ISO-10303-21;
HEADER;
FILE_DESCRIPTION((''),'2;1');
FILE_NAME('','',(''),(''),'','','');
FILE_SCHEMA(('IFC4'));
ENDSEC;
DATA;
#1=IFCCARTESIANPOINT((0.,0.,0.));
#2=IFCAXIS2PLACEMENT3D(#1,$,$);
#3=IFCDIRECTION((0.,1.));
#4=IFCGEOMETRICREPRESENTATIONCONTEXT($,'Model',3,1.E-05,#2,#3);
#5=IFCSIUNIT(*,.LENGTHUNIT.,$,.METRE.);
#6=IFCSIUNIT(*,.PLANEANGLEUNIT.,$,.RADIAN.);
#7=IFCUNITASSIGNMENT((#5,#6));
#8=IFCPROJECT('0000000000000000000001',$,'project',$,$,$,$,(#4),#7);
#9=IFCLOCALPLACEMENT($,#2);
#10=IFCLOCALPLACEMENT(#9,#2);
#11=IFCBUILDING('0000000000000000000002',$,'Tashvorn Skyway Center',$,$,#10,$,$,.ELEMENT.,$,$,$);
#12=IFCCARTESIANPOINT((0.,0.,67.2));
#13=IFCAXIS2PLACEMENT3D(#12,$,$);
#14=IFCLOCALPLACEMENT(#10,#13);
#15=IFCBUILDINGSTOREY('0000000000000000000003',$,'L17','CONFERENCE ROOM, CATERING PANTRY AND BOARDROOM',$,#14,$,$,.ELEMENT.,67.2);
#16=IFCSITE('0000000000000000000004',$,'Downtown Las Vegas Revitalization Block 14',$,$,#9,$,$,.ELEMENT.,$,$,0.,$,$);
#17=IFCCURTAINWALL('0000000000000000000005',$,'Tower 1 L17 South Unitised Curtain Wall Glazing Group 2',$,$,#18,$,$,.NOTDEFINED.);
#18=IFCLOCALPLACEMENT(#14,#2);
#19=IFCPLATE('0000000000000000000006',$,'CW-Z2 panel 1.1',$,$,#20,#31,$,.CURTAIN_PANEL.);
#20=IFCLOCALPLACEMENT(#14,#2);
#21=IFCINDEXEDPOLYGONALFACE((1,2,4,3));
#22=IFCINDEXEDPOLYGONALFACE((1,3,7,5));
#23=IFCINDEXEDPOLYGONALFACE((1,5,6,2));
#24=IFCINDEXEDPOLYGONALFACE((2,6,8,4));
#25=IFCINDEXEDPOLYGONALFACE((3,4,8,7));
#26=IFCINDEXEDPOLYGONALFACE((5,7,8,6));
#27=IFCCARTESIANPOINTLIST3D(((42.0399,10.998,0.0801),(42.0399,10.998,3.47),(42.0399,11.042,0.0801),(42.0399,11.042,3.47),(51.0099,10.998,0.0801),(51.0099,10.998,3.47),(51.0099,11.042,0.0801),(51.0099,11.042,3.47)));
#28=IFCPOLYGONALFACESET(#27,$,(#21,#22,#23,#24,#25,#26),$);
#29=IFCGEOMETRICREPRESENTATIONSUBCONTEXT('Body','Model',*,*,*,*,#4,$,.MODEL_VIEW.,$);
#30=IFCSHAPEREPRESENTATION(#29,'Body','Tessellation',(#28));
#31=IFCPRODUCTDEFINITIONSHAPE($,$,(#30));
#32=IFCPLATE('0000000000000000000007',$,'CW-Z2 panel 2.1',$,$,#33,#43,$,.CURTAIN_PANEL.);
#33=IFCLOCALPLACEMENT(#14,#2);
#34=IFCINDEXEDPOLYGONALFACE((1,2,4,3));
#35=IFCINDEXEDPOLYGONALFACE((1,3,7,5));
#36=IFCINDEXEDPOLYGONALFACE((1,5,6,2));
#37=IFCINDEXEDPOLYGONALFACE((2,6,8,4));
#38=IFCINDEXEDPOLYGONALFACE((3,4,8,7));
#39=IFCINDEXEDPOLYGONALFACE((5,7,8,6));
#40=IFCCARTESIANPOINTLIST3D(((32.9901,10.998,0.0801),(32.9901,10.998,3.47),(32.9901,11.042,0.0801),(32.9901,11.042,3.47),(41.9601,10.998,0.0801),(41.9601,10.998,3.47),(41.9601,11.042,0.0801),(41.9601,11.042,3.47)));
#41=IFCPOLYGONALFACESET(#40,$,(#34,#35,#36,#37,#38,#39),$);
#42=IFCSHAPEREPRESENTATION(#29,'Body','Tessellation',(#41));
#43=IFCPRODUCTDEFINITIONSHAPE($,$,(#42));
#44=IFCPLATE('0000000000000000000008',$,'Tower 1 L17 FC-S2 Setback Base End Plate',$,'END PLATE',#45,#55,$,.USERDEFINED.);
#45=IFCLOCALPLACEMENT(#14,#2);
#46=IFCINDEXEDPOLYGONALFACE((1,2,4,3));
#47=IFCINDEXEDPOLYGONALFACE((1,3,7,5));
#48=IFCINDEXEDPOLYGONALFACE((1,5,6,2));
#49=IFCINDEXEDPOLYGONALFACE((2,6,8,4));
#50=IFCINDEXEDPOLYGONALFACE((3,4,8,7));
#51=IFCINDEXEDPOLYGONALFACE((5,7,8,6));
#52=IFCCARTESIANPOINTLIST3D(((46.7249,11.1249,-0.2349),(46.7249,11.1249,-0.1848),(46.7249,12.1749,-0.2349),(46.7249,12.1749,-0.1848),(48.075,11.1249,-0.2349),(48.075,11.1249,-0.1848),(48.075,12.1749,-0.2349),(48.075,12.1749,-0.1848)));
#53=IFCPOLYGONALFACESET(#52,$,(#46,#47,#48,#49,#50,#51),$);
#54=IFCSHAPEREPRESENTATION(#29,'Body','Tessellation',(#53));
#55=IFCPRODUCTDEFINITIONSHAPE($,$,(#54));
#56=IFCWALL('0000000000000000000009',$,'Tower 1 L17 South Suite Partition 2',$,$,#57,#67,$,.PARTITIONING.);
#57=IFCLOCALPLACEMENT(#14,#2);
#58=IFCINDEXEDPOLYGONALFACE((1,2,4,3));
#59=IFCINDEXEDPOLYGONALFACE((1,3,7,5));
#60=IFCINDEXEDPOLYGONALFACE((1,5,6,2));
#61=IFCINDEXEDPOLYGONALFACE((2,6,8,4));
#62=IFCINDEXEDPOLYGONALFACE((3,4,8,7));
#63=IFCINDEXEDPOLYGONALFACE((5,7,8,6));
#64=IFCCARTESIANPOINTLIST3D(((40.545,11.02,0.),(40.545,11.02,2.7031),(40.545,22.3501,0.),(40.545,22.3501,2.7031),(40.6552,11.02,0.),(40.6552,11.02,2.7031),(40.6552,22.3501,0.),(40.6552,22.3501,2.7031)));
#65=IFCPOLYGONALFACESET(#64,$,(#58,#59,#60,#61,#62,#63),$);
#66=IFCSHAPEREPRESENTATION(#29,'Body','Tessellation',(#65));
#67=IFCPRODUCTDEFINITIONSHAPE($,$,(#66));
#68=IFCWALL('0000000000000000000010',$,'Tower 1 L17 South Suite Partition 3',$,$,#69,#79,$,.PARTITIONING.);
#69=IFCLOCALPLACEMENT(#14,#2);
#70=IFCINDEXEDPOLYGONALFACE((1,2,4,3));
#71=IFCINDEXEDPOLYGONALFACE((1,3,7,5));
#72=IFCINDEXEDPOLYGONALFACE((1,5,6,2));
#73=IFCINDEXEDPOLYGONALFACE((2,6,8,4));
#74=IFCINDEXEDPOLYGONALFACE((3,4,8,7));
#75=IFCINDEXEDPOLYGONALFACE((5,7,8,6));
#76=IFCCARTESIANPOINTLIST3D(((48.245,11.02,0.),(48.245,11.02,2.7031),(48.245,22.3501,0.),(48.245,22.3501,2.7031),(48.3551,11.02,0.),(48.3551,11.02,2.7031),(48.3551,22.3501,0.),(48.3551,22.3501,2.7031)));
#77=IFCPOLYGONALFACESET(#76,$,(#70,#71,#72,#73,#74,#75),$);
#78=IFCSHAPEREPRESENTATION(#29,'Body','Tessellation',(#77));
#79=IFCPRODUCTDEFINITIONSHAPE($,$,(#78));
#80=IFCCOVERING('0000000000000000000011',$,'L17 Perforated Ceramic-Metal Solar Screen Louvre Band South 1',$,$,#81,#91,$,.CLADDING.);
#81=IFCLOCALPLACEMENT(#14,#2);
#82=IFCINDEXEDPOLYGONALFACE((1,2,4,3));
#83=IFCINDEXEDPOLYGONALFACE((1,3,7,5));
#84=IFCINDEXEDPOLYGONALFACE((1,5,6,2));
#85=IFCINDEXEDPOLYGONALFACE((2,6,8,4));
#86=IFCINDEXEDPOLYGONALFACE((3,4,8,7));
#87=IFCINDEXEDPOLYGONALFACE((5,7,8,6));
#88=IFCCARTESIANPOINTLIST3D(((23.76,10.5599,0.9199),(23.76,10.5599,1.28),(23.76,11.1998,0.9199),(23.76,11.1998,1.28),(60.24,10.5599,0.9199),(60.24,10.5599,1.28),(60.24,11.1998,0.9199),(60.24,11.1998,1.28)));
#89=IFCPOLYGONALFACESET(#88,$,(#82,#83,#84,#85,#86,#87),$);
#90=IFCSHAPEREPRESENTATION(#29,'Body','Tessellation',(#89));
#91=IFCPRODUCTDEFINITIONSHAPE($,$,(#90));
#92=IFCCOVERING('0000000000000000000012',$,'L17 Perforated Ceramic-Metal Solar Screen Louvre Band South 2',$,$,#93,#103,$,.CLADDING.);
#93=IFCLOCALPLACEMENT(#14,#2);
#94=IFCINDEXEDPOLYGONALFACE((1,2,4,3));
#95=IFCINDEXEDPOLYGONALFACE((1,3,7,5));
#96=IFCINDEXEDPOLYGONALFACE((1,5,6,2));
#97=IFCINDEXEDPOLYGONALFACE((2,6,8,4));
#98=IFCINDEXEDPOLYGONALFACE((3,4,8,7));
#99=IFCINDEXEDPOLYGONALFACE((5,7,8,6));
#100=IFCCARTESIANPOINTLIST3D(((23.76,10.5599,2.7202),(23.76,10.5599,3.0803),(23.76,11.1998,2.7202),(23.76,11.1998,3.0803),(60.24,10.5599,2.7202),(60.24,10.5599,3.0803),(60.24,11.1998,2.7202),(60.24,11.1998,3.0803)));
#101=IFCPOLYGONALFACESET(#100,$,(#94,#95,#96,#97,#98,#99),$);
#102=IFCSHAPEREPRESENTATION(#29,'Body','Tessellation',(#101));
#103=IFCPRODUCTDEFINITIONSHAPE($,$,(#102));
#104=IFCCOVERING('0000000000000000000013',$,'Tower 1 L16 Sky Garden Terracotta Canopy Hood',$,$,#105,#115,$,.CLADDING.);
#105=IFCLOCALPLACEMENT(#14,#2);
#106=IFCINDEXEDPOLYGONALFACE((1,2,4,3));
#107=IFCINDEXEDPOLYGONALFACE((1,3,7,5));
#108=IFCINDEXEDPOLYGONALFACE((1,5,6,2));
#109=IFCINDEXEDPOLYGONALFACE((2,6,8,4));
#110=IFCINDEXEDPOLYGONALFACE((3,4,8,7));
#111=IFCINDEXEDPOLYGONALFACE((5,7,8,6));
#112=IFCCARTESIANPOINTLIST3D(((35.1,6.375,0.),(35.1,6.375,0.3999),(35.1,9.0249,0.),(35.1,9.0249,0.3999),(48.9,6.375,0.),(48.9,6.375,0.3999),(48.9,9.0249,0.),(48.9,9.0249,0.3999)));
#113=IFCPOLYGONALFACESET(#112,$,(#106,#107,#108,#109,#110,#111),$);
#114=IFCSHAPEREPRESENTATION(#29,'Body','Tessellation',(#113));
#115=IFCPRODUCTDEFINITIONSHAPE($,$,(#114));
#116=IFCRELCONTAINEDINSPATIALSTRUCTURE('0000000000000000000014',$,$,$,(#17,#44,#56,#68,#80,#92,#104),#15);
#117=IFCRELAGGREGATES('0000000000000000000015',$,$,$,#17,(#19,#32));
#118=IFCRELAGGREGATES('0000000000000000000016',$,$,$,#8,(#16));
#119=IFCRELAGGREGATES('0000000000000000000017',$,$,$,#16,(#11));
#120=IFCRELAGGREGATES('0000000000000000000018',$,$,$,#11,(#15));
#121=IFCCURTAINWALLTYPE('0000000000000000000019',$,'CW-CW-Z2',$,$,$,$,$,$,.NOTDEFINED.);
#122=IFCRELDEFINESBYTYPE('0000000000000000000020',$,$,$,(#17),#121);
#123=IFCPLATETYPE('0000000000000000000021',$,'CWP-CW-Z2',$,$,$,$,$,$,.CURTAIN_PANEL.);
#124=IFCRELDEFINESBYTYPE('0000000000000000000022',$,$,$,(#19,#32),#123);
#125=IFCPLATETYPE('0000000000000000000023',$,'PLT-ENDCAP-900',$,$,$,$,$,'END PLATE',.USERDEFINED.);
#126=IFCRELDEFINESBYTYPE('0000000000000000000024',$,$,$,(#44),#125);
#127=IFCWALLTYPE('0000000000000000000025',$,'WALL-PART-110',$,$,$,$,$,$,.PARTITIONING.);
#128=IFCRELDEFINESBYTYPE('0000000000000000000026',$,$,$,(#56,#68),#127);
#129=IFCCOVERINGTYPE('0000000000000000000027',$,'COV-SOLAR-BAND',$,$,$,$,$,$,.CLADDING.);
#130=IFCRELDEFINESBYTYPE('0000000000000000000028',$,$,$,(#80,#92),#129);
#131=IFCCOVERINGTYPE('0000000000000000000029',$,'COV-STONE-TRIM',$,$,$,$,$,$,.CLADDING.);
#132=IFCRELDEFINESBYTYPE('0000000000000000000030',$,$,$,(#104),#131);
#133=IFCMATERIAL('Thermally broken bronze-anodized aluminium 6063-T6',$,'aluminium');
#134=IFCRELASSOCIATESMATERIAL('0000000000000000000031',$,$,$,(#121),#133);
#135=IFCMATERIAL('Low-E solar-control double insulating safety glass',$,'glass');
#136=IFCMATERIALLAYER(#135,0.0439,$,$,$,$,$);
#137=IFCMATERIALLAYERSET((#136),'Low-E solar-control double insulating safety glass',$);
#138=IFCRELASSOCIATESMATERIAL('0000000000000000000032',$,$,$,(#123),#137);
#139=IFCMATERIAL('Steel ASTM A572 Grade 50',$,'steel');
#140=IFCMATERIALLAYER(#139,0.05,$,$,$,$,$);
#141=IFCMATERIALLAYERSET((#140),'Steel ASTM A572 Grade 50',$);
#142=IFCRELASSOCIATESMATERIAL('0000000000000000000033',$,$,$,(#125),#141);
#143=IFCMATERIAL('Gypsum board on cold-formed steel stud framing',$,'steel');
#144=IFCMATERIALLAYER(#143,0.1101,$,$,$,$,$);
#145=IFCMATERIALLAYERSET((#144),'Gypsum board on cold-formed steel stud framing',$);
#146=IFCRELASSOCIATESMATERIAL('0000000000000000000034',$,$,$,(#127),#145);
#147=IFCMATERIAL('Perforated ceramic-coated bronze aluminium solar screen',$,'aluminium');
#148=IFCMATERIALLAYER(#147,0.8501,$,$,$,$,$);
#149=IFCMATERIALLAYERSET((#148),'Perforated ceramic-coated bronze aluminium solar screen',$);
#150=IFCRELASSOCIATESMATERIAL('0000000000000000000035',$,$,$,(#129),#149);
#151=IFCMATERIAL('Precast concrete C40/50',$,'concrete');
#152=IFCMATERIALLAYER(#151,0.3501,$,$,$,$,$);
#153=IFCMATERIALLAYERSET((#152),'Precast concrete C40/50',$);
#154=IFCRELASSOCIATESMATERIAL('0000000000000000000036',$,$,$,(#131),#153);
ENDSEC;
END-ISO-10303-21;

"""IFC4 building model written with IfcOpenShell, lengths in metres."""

from ifc_helpers import new_model, si_unit, direction, frame, frame_2d, origin, origin_2d, place, context, subcontext, project, spatial, rectangle, extrude, material, layer, layer_set, type_object, element, aggregate, save


model = new_model("IFC4")

# Units and contexts
model_context = context("Model", 3, precision=1e-05, world=origin(), true_north=direction((0.0, 1.0)))
body_context = subcontext(model_context, "Body", "Model", "MODEL_VIEW")
ifc_project = project(units=[si_unit("LENGTHUNIT", "METRE"), si_unit("PLANEANGLEUNIT", "RADIAN")], contexts=[model_context])

# Site, building, storey
site_placement = place(None, origin())
site = spatial("IfcSite", under=ifc_project, at=site_placement, Name="Downtown Las Vegas Revitalization Block 14", CompositionType="ELEMENT", RefElevation=0.0)
building_placement = place(site_placement, origin())
building = spatial("IfcBuilding", under=site, at=building_placement, Name="Tashvorn Skyway Center", CompositionType="ELEMENT")
storey_placement = place(building_placement, frame((0.0, 0.0, 67.2)))
storey = spatial("IfcBuildingStorey", under=building, at=storey_placement, Name="L17", Description="CONFERENCE ROOM, CATERING PANTRY AND BOARDROOM", CompositionType="ELEMENT", Elevation=67.2)

# Shared definitions
ifc_material_1 = material(Name="Steel ASTM A572 Grade 50", Category="steel")

# Curtain wall, plates
ifc_material_2 = material(Name="Thermally broken bronze-anodized aluminium 6063-T6", Category="aluminium")
curtain_wall_type = type_object("IfcCurtainWallType", Name="CW-CW-Z2", PredefinedType="NOTDEFINED", material=ifc_material_2)
curtain_wall_placement = place(storey_placement, origin())
curtain_wall = element("IfcCurtainWall", 1, at=curtain_wall_placement, inside=storey, type_object=curtain_wall_type, Name="Tower 1 L17 South Unitised Curtain Wall Glazing Group 2", PredefinedType="NOTDEFINED")
ifc_material_3 = material(Name="Low-E solar-control double insulating safety glass", Category="glass")
ifc_layer_1 = layer(ifc_material_3, 0.0439)
ifc_layer_set_1 = layer_set([ifc_layer_1], Name="Low-E solar-control double insulating safety glass")
plate_type_1 = type_object("IfcPlateType", Name="CWP-CW-Z2", PredefinedType="CURTAIN_PANEL", material=ifc_layer_set_1)
plate_1_placement = place(storey_placement, frame((46.5249, 11.02, 0.0801), z_axis=(0.0, 0.0, 1.0), x_axis=(-1.0, 0.0, 0.0)))
plate_1 = element("IfcPlate", 2, at=plate_1_placement, type_object=plate_type_1, Name="CW-Z2 panel 1.1", PredefinedType="CURTAIN_PANEL", context=body_context, shape_type="SweptSolid", body=[
    extrude(rectangle(XDim=8.97, YDim=0.0439, at=origin_2d()), origin(), (0.0, 0.0, 1.0), 3.3899),
])
plate_2_placement = place(storey_placement, frame((37.4751, 11.02, 0.0801), z_axis=(0.0, 0.0, 1.0), x_axis=(-1.0, 0.0, 0.0)))
plate_2 = element("IfcPlate", 3, at=plate_2_placement, type_object=plate_type_1, Name="CW-Z2 panel 2.1", PredefinedType="CURTAIN_PANEL", context=body_context, shape_type="SweptSolid", body=[
    extrude(rectangle(XDim=8.97, YDim=0.0439, at=origin_2d()), origin(), (0.0, 0.0, 1.0), 3.3899),
])
aggregate(curtain_wall, [plate_1, plate_2])

# Plate
ifc_layer_2 = layer(ifc_material_1, 0.05)
ifc_layer_set_2 = layer_set([ifc_layer_2], Name="Steel ASTM A572 Grade 50")
plate_type_2 = type_object("IfcPlateType", Name="PLT-ENDCAP-900", ElementType="END PLATE", PredefinedType="USERDEFINED", material=ifc_layer_set_2)
plate_3_placement = place(storey_placement, frame((47.3999, 11.6499, -0.2349), z_axis=(0.0, 0.0, 1.0), x_axis=(1.0, 0.0, 0.0)))
element("IfcPlate", 4, at=plate_3_placement, inside=storey, type_object=plate_type_2, Name="Tower 1 L17 FC-S2 Setback Base End Plate", ObjectType="END PLATE", PredefinedType="USERDEFINED", context=body_context, shape_type="SweptSolid", body=[
    extrude(rectangle(XDim=1.3501, YDim=1.05, at=origin_2d()), origin(), (0.0, 0.0, 1.0), 0.05),
])

# Walls
ifc_material_4 = material(Name="Gypsum board on cold-formed steel stud framing", Category="steel")
ifc_layer_3 = layer(ifc_material_4, 0.1101)
ifc_layer_set_3 = layer_set([ifc_layer_3], Name="Gypsum board on cold-formed steel stud framing")
wall_type = type_object("IfcWallType", Name="WALL-PART-110", PredefinedType="PARTITIONING", material=ifc_layer_set_3)
for number, where, z_axis, x_axis, name in (
    (5, (40.6001, 11.02, 0.0), (0.0, 0.0, 1.0), (0.0, 1.0, 0.0), "Tower 1 L17 South Suite Partition 2"),
    (6, (48.3, 11.02, 0.0), (0.0, 0.0, 1.0), (0.0, 1.0, 0.0), "Tower 1 L17 South Suite Partition 3"),
):
    element("IfcWall", number, at=place(storey_placement, frame(where, z_axis=z_axis, x_axis=x_axis)), inside=storey, type_object=wall_type, Name=name, PredefinedType="PARTITIONING", context=body_context, shape_type="SweptSolid", body=[
        extrude(rectangle(XDim=11.3301, YDim=0.1101, at=frame_2d((5.665, 0.0))), origin(), (0.0, 0.0, 1.0), 2.7031),
    ])

# Coverings
ifc_material_5 = material(Name="Perforated ceramic-coated bronze aluminium solar screen", Category="aluminium")
ifc_layer_4 = layer(ifc_material_5, 0.8501)
ifc_layer_set_4 = layer_set([ifc_layer_4], Name="Perforated ceramic-coated bronze aluminium solar screen")
covering_type_1 = type_object("IfcCoveringType", Name="COV-SOLAR-BAND", PredefinedType="CLADDING", material=ifc_layer_set_4)
for number, where, z_axis, x_axis, name in (
    (7, (42.0, 10.8799, 0.9199), (0.0, 0.0, 1.0), (-1.0, 0.0, 0.0), "L17 Perforated Ceramic-Metal Solar Screen Louvre Band South 1"),
    (8, (42.0, 10.8799, 2.7202), (0.0, 0.0, 1.0), (-1.0, 0.0, 0.0), "L17 Perforated Ceramic-Metal Solar Screen Louvre Band South 2"),
):
    element("IfcCovering", number, at=place(storey_placement, frame(where, z_axis=z_axis, x_axis=x_axis)), inside=storey, type_object=covering_type_1, Name=name, PredefinedType="CLADDING", context=body_context, shape_type="SweptSolid", body=[
        extrude(rectangle(XDim=36.48, YDim=0.6399, at=origin_2d()), origin(), (0.0, 0.0, 1.0), 0.3601),
    ])
ifc_material_6 = material(Name="Precast concrete C40/50", Category="concrete")
ifc_layer_5 = layer(ifc_material_6, 0.3501)
ifc_layer_set_5 = layer_set([ifc_layer_5], Name="Precast concrete C40/50")
covering_type_2 = type_object("IfcCoveringType", Name="COV-STONE-TRIM", PredefinedType="CLADDING", material=ifc_layer_set_5)
covering_placement = place(storey_placement, frame((42.0, 7.7, 0.0), z_axis=(0.0, 0.0, 1.0), x_axis=(-1.0, 0.0, 0.0)))
element("IfcCovering", 9, at=covering_placement, inside=storey, type_object=covering_type_2, Name="Tower 1 L16 Sky Garden Terracotta Canopy Hood", PredefinedType="CLADDING", context=body_context, shape_type="SweptSolid", body=[
    extrude(rectangle(XDim=13.8, YDim=2.6499, at=origin_2d()), origin(), (0.0, 0.0, 1.0), 0.3999),
])

save(model, "model.ifc")
